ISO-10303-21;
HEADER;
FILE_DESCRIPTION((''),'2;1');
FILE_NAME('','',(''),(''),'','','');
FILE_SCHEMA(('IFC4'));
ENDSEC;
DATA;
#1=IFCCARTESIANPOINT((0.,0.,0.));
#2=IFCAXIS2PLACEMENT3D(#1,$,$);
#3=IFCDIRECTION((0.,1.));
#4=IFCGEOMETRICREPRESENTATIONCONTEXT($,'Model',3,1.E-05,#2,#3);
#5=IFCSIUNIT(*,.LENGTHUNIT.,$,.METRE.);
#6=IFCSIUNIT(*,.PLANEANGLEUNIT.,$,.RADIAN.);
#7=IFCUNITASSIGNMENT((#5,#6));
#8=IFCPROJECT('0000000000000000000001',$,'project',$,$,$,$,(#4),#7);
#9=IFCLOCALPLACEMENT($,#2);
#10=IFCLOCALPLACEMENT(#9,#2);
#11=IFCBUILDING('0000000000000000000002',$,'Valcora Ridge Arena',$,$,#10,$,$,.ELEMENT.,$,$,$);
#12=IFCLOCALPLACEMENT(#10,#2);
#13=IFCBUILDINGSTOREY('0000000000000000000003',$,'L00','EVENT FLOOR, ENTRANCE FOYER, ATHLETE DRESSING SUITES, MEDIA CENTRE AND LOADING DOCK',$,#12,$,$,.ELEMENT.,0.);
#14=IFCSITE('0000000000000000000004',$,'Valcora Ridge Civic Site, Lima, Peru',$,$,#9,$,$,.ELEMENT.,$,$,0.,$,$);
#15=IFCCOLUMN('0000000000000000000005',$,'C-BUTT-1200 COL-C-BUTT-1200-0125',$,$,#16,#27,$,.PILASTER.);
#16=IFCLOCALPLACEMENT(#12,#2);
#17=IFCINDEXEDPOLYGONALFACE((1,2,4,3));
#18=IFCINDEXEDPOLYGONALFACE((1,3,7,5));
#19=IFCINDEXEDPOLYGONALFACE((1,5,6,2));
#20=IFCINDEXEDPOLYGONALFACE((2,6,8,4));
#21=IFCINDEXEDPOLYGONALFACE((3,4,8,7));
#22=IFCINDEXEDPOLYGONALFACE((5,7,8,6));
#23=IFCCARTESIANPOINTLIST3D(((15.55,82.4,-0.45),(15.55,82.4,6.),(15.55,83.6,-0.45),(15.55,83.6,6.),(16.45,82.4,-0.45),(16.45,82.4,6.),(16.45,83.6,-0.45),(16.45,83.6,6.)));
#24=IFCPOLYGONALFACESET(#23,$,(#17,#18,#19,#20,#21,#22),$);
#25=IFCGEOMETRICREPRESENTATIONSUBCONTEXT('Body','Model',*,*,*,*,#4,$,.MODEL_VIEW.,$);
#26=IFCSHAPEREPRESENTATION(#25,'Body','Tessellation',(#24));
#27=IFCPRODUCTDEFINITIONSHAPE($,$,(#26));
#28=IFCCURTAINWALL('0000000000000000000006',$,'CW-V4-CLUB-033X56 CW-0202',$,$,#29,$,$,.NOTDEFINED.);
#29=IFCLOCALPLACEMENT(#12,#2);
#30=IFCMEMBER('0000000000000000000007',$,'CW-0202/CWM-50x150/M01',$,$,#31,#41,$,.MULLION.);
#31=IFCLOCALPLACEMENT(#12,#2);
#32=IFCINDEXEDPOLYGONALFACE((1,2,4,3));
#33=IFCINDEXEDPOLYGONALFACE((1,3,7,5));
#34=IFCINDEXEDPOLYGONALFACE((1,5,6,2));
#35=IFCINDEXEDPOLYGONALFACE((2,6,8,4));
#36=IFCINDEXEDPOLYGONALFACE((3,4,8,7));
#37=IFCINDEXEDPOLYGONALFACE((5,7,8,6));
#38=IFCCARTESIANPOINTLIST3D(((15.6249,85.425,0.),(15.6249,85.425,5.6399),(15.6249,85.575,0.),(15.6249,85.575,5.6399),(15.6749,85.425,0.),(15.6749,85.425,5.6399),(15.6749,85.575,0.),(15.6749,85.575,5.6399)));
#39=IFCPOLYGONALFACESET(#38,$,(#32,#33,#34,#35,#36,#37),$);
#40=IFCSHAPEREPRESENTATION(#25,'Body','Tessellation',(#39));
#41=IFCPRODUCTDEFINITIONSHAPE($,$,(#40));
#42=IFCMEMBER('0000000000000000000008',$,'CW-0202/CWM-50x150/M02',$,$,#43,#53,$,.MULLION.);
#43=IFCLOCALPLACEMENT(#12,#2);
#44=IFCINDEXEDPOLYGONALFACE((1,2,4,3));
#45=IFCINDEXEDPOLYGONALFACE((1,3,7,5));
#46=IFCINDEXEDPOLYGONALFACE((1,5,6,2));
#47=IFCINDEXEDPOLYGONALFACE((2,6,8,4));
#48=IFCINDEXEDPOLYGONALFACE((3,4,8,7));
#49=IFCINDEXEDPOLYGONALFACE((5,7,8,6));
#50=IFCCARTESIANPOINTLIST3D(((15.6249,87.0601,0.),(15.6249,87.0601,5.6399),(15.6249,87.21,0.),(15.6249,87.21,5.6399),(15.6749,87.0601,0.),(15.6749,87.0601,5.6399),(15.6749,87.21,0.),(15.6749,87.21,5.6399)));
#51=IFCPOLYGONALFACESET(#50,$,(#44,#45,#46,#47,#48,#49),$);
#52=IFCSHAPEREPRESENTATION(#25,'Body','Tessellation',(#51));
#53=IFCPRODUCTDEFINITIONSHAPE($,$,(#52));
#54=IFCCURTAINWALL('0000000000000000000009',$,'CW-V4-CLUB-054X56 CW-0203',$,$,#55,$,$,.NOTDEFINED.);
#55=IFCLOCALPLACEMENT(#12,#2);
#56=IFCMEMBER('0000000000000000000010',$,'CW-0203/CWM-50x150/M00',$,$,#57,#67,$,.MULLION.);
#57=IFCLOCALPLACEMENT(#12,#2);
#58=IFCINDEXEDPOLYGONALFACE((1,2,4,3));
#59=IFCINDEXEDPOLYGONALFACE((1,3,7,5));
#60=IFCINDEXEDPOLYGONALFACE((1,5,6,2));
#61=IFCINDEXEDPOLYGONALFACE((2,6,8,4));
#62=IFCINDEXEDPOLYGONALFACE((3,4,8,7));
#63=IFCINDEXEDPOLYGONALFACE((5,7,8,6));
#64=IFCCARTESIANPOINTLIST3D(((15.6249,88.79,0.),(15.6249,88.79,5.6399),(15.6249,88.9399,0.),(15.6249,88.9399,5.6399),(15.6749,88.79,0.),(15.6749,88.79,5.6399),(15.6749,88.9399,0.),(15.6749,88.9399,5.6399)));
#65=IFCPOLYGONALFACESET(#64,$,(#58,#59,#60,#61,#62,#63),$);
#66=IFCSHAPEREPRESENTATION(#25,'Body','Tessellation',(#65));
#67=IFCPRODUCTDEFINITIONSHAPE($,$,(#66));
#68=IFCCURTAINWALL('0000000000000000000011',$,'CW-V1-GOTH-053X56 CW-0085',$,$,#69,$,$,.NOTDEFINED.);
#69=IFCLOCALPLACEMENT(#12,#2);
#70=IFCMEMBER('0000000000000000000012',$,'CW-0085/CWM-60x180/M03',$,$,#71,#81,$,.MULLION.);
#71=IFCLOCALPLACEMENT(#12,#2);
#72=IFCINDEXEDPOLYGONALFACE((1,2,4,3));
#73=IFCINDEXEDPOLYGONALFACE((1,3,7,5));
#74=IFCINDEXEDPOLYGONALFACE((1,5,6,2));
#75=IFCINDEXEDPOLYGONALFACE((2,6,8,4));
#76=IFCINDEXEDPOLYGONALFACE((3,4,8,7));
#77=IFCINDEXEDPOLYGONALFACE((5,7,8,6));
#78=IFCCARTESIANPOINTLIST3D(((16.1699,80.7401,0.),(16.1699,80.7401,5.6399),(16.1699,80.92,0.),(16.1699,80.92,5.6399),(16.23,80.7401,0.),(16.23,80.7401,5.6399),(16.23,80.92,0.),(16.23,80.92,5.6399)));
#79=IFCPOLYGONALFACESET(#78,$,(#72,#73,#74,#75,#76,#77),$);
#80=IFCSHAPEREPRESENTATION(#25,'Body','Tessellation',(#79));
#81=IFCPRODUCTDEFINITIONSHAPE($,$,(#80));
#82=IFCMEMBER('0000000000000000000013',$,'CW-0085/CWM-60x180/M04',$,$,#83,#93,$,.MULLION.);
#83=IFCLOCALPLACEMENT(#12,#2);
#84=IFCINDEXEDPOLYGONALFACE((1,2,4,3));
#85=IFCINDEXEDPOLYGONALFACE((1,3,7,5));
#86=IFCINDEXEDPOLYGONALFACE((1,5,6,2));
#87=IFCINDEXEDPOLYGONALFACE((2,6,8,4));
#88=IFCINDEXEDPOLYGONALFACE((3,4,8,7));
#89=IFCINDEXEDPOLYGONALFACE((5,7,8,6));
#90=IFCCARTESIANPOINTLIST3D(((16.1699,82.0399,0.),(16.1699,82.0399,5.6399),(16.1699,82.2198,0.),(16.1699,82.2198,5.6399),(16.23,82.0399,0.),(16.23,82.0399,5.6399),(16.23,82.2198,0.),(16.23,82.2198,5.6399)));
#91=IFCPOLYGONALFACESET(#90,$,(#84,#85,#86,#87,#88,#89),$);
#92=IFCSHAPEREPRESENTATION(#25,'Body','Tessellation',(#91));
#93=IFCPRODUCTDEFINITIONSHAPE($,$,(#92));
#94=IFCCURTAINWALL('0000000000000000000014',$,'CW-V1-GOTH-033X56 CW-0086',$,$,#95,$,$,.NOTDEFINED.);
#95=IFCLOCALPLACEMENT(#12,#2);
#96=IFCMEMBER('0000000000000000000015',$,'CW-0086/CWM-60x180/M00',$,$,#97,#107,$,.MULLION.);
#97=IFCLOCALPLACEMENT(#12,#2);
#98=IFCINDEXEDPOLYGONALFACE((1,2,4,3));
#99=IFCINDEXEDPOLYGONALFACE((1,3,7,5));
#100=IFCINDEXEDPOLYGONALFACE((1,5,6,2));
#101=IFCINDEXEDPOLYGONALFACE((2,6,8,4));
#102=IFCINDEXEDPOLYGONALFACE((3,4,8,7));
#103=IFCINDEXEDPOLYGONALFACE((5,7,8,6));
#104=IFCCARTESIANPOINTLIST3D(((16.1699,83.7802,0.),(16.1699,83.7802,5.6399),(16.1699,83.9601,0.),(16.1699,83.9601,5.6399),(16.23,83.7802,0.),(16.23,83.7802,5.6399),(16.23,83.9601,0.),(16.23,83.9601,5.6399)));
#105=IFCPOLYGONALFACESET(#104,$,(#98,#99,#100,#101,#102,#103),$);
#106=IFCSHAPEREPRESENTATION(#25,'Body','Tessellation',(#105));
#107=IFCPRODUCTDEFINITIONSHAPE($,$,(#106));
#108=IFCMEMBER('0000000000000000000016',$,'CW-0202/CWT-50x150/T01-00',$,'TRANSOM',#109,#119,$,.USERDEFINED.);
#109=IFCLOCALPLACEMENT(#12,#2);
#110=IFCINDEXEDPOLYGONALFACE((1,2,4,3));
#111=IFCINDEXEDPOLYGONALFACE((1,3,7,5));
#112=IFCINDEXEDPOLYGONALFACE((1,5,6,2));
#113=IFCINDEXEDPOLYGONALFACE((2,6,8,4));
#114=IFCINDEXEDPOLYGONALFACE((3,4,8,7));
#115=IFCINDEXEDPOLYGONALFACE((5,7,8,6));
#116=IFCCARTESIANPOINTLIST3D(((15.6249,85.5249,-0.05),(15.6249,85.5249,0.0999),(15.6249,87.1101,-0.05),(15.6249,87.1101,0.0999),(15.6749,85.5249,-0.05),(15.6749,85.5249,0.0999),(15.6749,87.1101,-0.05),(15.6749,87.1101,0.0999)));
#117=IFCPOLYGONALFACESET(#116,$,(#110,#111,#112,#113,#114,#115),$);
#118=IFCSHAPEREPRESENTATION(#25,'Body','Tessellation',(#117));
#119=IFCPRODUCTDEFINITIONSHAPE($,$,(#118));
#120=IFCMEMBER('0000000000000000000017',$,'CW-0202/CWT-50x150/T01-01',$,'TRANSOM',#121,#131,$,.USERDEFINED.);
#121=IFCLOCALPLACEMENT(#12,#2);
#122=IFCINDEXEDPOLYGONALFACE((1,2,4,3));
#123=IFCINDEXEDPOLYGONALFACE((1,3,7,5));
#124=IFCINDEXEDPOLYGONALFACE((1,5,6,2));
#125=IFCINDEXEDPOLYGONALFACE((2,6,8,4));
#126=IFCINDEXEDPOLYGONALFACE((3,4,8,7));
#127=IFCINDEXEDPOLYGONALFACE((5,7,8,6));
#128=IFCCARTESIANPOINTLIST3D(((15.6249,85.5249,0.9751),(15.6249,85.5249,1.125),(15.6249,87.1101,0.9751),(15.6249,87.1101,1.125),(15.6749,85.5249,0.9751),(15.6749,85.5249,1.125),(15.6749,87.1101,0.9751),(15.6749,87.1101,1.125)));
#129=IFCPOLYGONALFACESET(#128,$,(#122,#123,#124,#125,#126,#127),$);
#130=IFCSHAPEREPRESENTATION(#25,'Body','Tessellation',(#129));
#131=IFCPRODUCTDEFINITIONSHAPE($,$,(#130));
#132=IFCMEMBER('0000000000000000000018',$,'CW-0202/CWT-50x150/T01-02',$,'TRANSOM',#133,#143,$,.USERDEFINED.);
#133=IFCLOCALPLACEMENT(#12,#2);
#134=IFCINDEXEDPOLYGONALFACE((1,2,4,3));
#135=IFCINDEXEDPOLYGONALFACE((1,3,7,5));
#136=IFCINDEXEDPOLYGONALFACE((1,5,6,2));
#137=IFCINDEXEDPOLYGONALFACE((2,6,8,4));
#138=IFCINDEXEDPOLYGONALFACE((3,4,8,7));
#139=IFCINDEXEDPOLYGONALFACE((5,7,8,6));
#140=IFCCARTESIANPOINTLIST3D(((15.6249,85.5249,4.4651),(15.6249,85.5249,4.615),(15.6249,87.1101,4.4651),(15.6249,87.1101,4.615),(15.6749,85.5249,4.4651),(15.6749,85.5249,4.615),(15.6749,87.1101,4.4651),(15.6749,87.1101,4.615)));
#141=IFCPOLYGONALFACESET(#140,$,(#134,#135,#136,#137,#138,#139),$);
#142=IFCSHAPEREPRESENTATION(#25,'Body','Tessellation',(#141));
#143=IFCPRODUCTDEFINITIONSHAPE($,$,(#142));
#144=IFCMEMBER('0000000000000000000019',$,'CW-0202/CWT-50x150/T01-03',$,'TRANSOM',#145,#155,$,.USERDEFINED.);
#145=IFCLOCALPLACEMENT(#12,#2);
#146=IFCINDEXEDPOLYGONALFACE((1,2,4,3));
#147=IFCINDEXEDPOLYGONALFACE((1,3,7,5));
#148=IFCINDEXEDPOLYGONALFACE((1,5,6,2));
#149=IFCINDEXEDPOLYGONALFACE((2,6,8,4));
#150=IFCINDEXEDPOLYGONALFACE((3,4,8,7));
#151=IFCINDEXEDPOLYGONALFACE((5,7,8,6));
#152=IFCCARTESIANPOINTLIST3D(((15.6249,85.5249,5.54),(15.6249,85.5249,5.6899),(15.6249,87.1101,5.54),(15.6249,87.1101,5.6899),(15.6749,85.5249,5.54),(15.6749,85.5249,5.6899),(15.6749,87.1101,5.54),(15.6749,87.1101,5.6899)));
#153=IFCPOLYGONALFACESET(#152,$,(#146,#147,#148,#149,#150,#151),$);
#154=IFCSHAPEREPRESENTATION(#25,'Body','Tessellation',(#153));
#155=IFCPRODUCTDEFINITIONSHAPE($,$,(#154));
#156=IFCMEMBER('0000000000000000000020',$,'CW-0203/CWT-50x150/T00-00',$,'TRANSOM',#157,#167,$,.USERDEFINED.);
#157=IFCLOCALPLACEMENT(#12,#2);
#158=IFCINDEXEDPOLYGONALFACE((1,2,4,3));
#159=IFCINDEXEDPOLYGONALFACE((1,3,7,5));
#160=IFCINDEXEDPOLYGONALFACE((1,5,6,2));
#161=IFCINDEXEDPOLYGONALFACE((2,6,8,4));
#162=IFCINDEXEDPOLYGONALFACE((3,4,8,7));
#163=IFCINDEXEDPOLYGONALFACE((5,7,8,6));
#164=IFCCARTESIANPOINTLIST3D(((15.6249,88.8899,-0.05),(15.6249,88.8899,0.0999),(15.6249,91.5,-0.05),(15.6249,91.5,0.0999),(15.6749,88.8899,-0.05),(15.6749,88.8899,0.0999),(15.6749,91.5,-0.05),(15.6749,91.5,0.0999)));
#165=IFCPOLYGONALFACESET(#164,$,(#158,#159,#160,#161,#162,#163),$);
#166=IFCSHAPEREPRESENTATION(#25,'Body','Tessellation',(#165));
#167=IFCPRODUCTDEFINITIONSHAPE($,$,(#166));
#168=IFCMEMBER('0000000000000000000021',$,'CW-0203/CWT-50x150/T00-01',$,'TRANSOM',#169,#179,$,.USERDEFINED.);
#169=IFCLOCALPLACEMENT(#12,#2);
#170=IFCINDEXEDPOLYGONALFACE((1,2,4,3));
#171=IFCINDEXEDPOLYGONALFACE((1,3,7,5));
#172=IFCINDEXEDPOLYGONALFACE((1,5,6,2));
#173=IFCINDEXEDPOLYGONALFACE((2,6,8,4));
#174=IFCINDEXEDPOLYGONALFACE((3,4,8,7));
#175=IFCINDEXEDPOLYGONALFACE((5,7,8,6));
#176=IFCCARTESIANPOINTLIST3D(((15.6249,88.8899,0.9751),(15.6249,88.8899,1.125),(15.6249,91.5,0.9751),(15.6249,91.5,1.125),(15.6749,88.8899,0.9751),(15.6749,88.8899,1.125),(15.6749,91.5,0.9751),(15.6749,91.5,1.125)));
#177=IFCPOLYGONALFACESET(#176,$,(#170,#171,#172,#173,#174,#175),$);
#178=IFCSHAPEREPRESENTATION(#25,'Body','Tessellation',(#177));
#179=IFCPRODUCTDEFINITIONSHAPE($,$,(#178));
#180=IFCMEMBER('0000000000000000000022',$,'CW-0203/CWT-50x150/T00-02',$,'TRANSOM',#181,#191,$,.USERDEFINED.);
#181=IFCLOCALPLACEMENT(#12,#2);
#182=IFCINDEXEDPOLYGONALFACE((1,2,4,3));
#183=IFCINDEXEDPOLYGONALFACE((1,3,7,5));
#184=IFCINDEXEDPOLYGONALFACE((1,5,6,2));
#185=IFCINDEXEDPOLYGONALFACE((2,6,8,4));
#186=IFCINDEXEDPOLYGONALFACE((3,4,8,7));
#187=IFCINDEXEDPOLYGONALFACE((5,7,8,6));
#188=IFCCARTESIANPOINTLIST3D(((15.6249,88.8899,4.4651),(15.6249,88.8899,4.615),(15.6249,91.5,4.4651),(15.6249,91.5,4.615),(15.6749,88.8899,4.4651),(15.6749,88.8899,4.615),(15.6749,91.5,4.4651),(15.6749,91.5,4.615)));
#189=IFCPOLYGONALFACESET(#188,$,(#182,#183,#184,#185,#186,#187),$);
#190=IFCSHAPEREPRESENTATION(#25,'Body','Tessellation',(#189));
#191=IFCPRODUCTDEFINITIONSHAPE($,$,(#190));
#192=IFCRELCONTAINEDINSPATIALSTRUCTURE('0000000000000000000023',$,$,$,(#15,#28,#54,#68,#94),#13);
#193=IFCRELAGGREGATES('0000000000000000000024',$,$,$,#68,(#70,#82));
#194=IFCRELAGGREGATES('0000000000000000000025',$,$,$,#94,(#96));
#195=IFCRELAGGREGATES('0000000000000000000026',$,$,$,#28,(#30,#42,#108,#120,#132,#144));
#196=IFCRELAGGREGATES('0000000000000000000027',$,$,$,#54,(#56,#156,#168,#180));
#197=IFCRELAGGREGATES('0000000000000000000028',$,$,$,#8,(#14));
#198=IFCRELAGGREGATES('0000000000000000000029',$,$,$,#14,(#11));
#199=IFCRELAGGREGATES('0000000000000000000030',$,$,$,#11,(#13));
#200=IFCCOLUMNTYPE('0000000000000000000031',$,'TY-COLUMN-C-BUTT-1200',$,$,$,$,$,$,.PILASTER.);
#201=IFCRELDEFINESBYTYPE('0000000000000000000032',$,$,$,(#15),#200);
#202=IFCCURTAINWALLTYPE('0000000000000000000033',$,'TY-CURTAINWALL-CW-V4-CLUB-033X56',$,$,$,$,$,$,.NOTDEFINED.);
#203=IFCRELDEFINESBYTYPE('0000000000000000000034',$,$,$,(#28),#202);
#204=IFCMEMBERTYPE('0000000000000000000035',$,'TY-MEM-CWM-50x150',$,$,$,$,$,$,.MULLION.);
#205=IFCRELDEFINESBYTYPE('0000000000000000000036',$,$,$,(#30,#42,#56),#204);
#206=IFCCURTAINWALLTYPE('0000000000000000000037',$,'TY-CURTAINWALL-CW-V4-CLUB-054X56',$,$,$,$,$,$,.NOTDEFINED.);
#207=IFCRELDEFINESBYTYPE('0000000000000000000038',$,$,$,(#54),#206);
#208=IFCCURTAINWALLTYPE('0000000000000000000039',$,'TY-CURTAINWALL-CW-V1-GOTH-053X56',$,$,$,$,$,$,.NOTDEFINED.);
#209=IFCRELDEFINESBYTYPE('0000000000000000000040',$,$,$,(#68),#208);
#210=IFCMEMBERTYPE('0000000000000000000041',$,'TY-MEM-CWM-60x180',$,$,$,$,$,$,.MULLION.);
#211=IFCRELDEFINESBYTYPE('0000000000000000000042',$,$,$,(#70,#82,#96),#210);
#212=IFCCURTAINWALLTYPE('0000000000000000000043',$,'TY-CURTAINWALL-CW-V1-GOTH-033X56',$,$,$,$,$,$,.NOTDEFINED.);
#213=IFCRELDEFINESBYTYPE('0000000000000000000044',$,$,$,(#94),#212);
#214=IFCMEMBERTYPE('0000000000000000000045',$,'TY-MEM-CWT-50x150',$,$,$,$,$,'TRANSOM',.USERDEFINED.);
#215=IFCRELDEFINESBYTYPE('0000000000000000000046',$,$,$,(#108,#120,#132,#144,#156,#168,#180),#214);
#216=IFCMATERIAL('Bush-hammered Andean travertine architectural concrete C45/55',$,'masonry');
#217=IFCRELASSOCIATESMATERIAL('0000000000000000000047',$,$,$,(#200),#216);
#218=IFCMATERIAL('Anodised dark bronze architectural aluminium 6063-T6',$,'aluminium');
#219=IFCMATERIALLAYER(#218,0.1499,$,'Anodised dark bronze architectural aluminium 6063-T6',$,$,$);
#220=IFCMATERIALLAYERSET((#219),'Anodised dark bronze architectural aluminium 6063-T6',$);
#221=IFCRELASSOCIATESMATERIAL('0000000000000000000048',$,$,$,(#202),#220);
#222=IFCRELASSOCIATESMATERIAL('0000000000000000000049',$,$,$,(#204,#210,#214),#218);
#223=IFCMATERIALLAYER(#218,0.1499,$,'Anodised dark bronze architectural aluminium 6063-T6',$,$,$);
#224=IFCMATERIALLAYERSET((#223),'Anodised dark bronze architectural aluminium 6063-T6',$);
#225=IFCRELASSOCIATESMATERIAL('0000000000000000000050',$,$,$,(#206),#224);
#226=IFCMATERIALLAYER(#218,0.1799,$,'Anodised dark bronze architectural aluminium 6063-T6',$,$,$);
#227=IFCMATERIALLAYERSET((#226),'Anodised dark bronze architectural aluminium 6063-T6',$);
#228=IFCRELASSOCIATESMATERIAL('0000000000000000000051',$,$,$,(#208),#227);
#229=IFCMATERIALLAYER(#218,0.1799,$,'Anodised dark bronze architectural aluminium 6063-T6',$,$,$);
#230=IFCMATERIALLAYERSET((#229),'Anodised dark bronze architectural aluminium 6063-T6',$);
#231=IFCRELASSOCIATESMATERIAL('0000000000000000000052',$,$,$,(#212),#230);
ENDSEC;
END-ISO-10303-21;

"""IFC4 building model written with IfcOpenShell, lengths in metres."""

from ifc_helpers import new_model, si_unit, direction, frame, origin, origin_2d, place, context, subcontext, project, spatial, rectangle, extrude, material, layer, layer_set, material_profile, profile_set, type_object, element, aggregate, save


model = new_model("IFC4")

# Units and contexts
model_context = context("Model", 3, precision=1e-05, world=origin(), true_north=direction((0.0, 1.0)))
body_context = subcontext(model_context, "Body", "Model", "MODEL_VIEW")
ifc_project = project(units=[si_unit("LENGTHUNIT", "METRE"), si_unit("PLANEANGLEUNIT", "RADIAN")], contexts=[model_context])

# Site, building, storey
site_placement = place(None, origin())
site = spatial("IfcSite", under=ifc_project, at=site_placement, Name="Valcora Ridge Civic Site, Lima, Peru", CompositionType="ELEMENT", RefElevation=0.0)
building_placement = place(site_placement, origin())
building = spatial("IfcBuilding", under=site, at=building_placement, Name="Valcora Ridge Arena", CompositionType="ELEMENT")
storey_placement = place(building_placement, origin())
storey = spatial("IfcBuildingStorey", under=building, at=storey_placement, Name="L00", Description="EVENT FLOOR, ENTRANCE FOYER, ATHLETE DRESSING SUITES, MEDIA CENTRE AND LOADING DOCK", CompositionType="ELEMENT", Elevation=0.0)

# Column
ifc_material_1 = material(Name="Bush-hammered Andean travertine architectural concrete C45/55", Category="masonry")
ifc_material_profile_1 = material_profile(ifc_material_1, rectangle(XDim=0.8999, YDim=1.2, at=origin_2d()), Name="RC 900x1200")
ifc_profile_set_1 = profile_set([ifc_material_profile_1], Name="Bush-hammered Andean travertine architectural concrete C45/55")
column_type = type_object("IfcColumnType", Name="TY-COLUMN-C-BUTT-1200", PredefinedType="PILASTER", material=ifc_profile_set_1)
column_placement = place(storey_placement, frame((16.0, 83.0, -0.45), z_axis=(0.0, 0.0, 1.0), x_axis=(1.0, 0.0, 0.0)))
element("IfcColumn", 1, at=column_placement, inside=storey, type_object=column_type, Name="C-BUTT-1200 COL-C-BUTT-1200-0125", PredefinedType="PILASTER", context=body_context, shape_type="SweptSolid", body=[
    extrude(rectangle(XDim=0.8999, YDim=1.2, at=origin_2d()), origin(), (0.0, 0.0, 1.0), 6.45),
])

# Curtain wall, members
ifc_material_2 = material(Name="Anodised dark bronze architectural aluminium 6063-T6", Category="aluminium")
ifc_layer_1 = layer(ifc_material_2, 0.1499, Name="Anodised dark bronze architectural aluminium 6063-T6")
ifc_layer_set_1 = layer_set([ifc_layer_1], Name="Anodised dark bronze architectural aluminium 6063-T6")
curtain_wall_type_1 = type_object("IfcCurtainWallType", Name="TY-CURTAINWALL-CW-V4-CLUB-033X56", PredefinedType="NOTDEFINED", material=ifc_layer_set_1)
curtain_wall_1_placement = place(storey_placement, origin())
curtain_wall_1 = element("IfcCurtainWall", 2, at=curtain_wall_1_placement, inside=storey, type_object=curtain_wall_type_1, Name="CW-V4-CLUB-033X56 CW-0202", PredefinedType="NOTDEFINED")
ifc_material_profile_2 = material_profile(ifc_material_2, rectangle(XDim=0.05, YDim=0.1499, at=origin_2d()), Name="ALU MULLION 50x150")
ifc_profile_set_2 = profile_set([ifc_material_profile_2], Name="Anodised dark bronze architectural aluminium 6063-T6")
member_type_1 = type_object("IfcMemberType", Name="TY-MEM-CWM-50x150", PredefinedType="MULLION", material=ifc_profile_set_2)
member_1_placement = place(storey_placement, frame((15.6499, 85.5, 0.0), z_axis=(0.0, 0.0, 1.0), x_axis=(-1.0, 0.0, 0.0)))
member_1 = element("IfcMember", 3, at=member_1_placement, type_object=member_type_1, Name="CW-0202/CWM-50x150/M01", PredefinedType="MULLION", context=body_context, shape_type="SweptSolid", body=[
    extrude(rectangle(XDim=0.05, YDim=0.1499, at=origin_2d()), origin(), (0.0, 0.0, 1.0), 5.6399),
])
member_2_placement = place(storey_placement, frame((15.6499, 87.135, 0.0), z_axis=(0.0, 0.0, 1.0), x_axis=(-1.0, 0.0, 0.0)))
member_2 = element("IfcMember", 4, at=member_2_placement, type_object=member_type_1, Name="CW-0202/CWM-50x150/M02", PredefinedType="MULLION", context=body_context, shape_type="SweptSolid", body=[
    extrude(rectangle(XDim=0.05, YDim=0.1499, at=origin_2d()), origin(), (0.0, 0.0, 1.0), 5.6399),
])

# Curtain wall, member
ifc_layer_2 = layer(ifc_material_2, 0.1499, Name="Anodised dark bronze architectural aluminium 6063-T6")
ifc_layer_set_2 = layer_set([ifc_layer_2], Name="Anodised dark bronze architectural aluminium 6063-T6")
curtain_wall_type_2 = type_object("IfcCurtainWallType", Name="TY-CURTAINWALL-CW-V4-CLUB-054X56", PredefinedType="NOTDEFINED", material=ifc_layer_set_2)
curtain_wall_2_placement = place(storey_placement, origin())
curtain_wall_2 = element("IfcCurtainWall", 5, at=curtain_wall_2_placement, inside=storey, type_object=curtain_wall_type_2, Name="CW-V4-CLUB-054X56 CW-0203", PredefinedType="NOTDEFINED")
member_3_placement = place(storey_placement, frame((15.6499, 88.865, 0.0), z_axis=(0.0, 0.0, 1.0), x_axis=(-1.0, 0.0, 0.0)))
member_3 = element("IfcMember", 6, at=member_3_placement, type_object=member_type_1, Name="CW-0203/CWM-50x150/M00", PredefinedType="MULLION", context=body_context, shape_type="SweptSolid", body=[
    extrude(rectangle(XDim=0.05, YDim=0.1499, at=origin_2d()), origin(), (0.0, 0.0, 1.0), 5.6399),
])

# Curtain wall, members
ifc_layer_3 = layer(ifc_material_2, 0.1799, Name="Anodised dark bronze architectural aluminium 6063-T6")
ifc_layer_set_3 = layer_set([ifc_layer_3], Name="Anodised dark bronze architectural aluminium 6063-T6")
curtain_wall_type_3 = type_object("IfcCurtainWallType", Name="TY-CURTAINWALL-CW-V1-GOTH-053X56", PredefinedType="NOTDEFINED", material=ifc_layer_set_3)
curtain_wall_3_placement = place(storey_placement, origin())
curtain_wall_3 = element("IfcCurtainWall", 7, at=curtain_wall_3_placement, inside=storey, type_object=curtain_wall_type_3, Name="CW-V1-GOTH-053X56 CW-0085", PredefinedType="NOTDEFINED")
ifc_material_profile_3 = material_profile(ifc_material_2, rectangle(XDim=0.0601, YDim=0.1799, at=origin_2d()), Name="ALU MULLION 60x180")
ifc_profile_set_3 = profile_set([ifc_material_profile_3], Name="Anodised dark bronze architectural aluminium 6063-T6")
member_type_2 = type_object("IfcMemberType", Name="TY-MEM-CWM-60x180", PredefinedType="MULLION", material=ifc_profile_set_3)
member_4_placement = place(storey_placement, frame((16.2, 80.8301, 0.0), z_axis=(0.0, 0.0, 1.0), x_axis=(-1.0, 0.0, 0.0)))
member_4 = element("IfcMember", 8, at=member_4_placement, type_object=member_type_2, Name="CW-0085/CWM-60x180/M03", PredefinedType="MULLION", context=body_context, shape_type="SweptSolid", body=[
    extrude(rectangle(XDim=0.0601, YDim=0.1799, at=origin_2d()), origin(), (0.0, 0.0, 1.0), 5.6399),
])
member_5_placement = place(storey_placement, frame((16.2, 82.1299, 0.0), z_axis=(0.0, 0.0, 1.0), x_axis=(-1.0, 0.0, 0.0)))
member_5 = element("IfcMember", 9, at=member_5_placement, type_object=member_type_2, Name="CW-0085/CWM-60x180/M04", PredefinedType="MULLION", context=body_context, shape_type="SweptSolid", body=[
    extrude(rectangle(XDim=0.0601, YDim=0.1799, at=origin_2d()), origin(), (0.0, 0.0, 1.0), 5.6399),
])

# Curtain wall, member
ifc_layer_4 = layer(ifc_material_2, 0.1799, Name="Anodised dark bronze architectural aluminium 6063-T6")
ifc_layer_set_4 = layer_set([ifc_layer_4], Name="Anodised dark bronze architectural aluminium 6063-T6")
curtain_wall_type_4 = type_object("IfcCurtainWallType", Name="TY-CURTAINWALL-CW-V1-GOTH-033X56", PredefinedType="NOTDEFINED", material=ifc_layer_set_4)
curtain_wall_4_placement = place(storey_placement, origin())
curtain_wall_4 = element("IfcCurtainWall", 10, at=curtain_wall_4_placement, inside=storey, type_object=curtain_wall_type_4, Name="CW-V1-GOTH-033X56 CW-0086", PredefinedType="NOTDEFINED")
member_6_placement = place(storey_placement, frame((16.2, 83.8701, 0.0), z_axis=(0.0, 0.0, 1.0), x_axis=(-1.0, 0.0, 0.0)))
member_6 = element("IfcMember", 11, at=member_6_placement, type_object=member_type_2, Name="CW-0086/CWM-60x180/M00", PredefinedType="MULLION", context=body_context, shape_type="SweptSolid", body=[
    extrude(rectangle(XDim=0.0601, YDim=0.1799, at=origin_2d()), origin(), (0.0, 0.0, 1.0), 5.6399),
])

# Members
ifc_material_profile_4 = material_profile(ifc_material_2, rectangle(XDim=0.05, YDim=0.1499, at=origin_2d()), Name="ALU TRANSOM 50x150")
ifc_profile_set_4 = profile_set([ifc_material_profile_4], Name="Anodised dark bronze architectural aluminium 6063-T6")
member_type_3 = type_object("IfcMemberType", Name="TY-MEM-CWT-50x150", ElementType="TRANSOM", PredefinedType="USERDEFINED", material=ifc_profile_set_4)
member_7_placement = place(storey_placement, frame((15.6499, 85.5249, 0.0249), z_axis=(0.0, 1.0, 0.0), x_axis=(-1.0, 0.0, 0.0)))
member_7 = element("IfcMember", 12, at=member_7_placement, type_object=member_type_3, Name="CW-0202/CWT-50x150/T01-00", ObjectType="TRANSOM", PredefinedType="USERDEFINED", context=body_context, shape_type="SweptSolid", body=[
    extrude(rectangle(XDim=0.05, YDim=0.1499, at=origin_2d()), origin(), (0.0, 0.0, 1.0), 1.5852),
])
member_8_placement = place(storey_placement, frame((15.6499, 85.5249, 1.05), z_axis=(0.0, 1.0, 0.0), x_axis=(-1.0, 0.0, 0.0)))
member_8 = element("IfcMember", 13, at=member_8_placement, type_object=member_type_3, Name="CW-0202/CWT-50x150/T01-01", ObjectType="TRANSOM", PredefinedType="USERDEFINED", context=body_context, shape_type="SweptSolid", body=[
    extrude(rectangle(XDim=0.05, YDim=0.1499, at=origin_2d()), origin(), (0.0, 0.0, 1.0), 1.5852),
])
member_9_placement = place(storey_placement, frame((15.6499, 85.5249, 4.54), z_axis=(0.0, 1.0, 0.0), x_axis=(-1.0, 0.0, 0.0)))
member_9 = element("IfcMember", 14, at=member_9_placement, type_object=member_type_3, Name="CW-0202/CWT-50x150/T01-02", ObjectType="TRANSOM", PredefinedType="USERDEFINED", context=body_context, shape_type="SweptSolid", body=[
    extrude(rectangle(XDim=0.05, YDim=0.1499, at=origin_2d()), origin(), (0.0, 0.0, 1.0), 1.5852),
])
member_10_placement = place(storey_placement, frame((15.6499, 85.5249, 5.615), z_axis=(0.0, 1.0, 0.0), x_axis=(-1.0, 0.0, 0.0)))
member_10 = element("IfcMember", 15, at=member_10_placement, type_object=member_type_3, Name="CW-0202/CWT-50x150/T01-03", ObjectType="TRANSOM", PredefinedType="USERDEFINED", context=body_context, shape_type="SweptSolid", body=[
    extrude(rectangle(XDim=0.05, YDim=0.1499, at=origin_2d()), origin(), (0.0, 0.0, 1.0), 1.5852),
])
member_11_placement = place(storey_placement, frame((15.6499, 88.8899, 0.0249), z_axis=(0.0, 1.0, 0.0), x_axis=(-1.0, 0.0, 0.0)))
member_11 = element("IfcMember", 16, at=member_11_placement, type_object=member_type_3, Name="CW-0203/CWT-50x150/T00-00", ObjectType="TRANSOM", PredefinedType="USERDEFINED", context=body_context, shape_type="SweptSolid", body=[
    extrude(rectangle(XDim=0.05, YDim=0.1499, at=origin_2d()), origin(), (0.0, 0.0, 1.0), 2.6101),
])
member_12_placement = place(storey_placement, frame((15.6499, 88.8899, 1.05), z_axis=(0.0, 1.0, 0.0), x_axis=(-1.0, 0.0, 0.0)))
member_12 = element("IfcMember", 17, at=member_12_placement, type_object=member_type_3, Name="CW-0203/CWT-50x150/T00-01", ObjectType="TRANSOM", PredefinedType="USERDEFINED", context=body_context, shape_type="SweptSolid", body=[
    extrude(rectangle(XDim=0.05, YDim=0.1499, at=origin_2d()), origin(), (0.0, 0.0, 1.0), 2.6101),
])
member_13_placement = place(storey_placement, frame((15.6499, 88.8899, 4.54), z_axis=(0.0, 1.0, 0.0), x_axis=(-1.0, 0.0, 0.0)))
member_13 = element("IfcMember", 18, at=member_13_placement, type_object=member_type_3, Name="CW-0203/CWT-50x150/T00-02", ObjectType="TRANSOM", PredefinedType="USERDEFINED", context=body_context, shape_type="SweptSolid", body=[
    extrude(rectangle(XDim=0.05, YDim=0.1499, at=origin_2d()), origin(), (0.0, 0.0, 1.0), 2.6101),
])

aggregate(curtain_wall_3, [member_4, member_5])
aggregate(curtain_wall_4, [member_6])
aggregate(curtain_wall_1, [member_1, member_2, member_7, member_8, member_9, member_10])
aggregate(curtain_wall_2, [member_3, member_11, member_12, member_13])

save(model, "model.ifc")
